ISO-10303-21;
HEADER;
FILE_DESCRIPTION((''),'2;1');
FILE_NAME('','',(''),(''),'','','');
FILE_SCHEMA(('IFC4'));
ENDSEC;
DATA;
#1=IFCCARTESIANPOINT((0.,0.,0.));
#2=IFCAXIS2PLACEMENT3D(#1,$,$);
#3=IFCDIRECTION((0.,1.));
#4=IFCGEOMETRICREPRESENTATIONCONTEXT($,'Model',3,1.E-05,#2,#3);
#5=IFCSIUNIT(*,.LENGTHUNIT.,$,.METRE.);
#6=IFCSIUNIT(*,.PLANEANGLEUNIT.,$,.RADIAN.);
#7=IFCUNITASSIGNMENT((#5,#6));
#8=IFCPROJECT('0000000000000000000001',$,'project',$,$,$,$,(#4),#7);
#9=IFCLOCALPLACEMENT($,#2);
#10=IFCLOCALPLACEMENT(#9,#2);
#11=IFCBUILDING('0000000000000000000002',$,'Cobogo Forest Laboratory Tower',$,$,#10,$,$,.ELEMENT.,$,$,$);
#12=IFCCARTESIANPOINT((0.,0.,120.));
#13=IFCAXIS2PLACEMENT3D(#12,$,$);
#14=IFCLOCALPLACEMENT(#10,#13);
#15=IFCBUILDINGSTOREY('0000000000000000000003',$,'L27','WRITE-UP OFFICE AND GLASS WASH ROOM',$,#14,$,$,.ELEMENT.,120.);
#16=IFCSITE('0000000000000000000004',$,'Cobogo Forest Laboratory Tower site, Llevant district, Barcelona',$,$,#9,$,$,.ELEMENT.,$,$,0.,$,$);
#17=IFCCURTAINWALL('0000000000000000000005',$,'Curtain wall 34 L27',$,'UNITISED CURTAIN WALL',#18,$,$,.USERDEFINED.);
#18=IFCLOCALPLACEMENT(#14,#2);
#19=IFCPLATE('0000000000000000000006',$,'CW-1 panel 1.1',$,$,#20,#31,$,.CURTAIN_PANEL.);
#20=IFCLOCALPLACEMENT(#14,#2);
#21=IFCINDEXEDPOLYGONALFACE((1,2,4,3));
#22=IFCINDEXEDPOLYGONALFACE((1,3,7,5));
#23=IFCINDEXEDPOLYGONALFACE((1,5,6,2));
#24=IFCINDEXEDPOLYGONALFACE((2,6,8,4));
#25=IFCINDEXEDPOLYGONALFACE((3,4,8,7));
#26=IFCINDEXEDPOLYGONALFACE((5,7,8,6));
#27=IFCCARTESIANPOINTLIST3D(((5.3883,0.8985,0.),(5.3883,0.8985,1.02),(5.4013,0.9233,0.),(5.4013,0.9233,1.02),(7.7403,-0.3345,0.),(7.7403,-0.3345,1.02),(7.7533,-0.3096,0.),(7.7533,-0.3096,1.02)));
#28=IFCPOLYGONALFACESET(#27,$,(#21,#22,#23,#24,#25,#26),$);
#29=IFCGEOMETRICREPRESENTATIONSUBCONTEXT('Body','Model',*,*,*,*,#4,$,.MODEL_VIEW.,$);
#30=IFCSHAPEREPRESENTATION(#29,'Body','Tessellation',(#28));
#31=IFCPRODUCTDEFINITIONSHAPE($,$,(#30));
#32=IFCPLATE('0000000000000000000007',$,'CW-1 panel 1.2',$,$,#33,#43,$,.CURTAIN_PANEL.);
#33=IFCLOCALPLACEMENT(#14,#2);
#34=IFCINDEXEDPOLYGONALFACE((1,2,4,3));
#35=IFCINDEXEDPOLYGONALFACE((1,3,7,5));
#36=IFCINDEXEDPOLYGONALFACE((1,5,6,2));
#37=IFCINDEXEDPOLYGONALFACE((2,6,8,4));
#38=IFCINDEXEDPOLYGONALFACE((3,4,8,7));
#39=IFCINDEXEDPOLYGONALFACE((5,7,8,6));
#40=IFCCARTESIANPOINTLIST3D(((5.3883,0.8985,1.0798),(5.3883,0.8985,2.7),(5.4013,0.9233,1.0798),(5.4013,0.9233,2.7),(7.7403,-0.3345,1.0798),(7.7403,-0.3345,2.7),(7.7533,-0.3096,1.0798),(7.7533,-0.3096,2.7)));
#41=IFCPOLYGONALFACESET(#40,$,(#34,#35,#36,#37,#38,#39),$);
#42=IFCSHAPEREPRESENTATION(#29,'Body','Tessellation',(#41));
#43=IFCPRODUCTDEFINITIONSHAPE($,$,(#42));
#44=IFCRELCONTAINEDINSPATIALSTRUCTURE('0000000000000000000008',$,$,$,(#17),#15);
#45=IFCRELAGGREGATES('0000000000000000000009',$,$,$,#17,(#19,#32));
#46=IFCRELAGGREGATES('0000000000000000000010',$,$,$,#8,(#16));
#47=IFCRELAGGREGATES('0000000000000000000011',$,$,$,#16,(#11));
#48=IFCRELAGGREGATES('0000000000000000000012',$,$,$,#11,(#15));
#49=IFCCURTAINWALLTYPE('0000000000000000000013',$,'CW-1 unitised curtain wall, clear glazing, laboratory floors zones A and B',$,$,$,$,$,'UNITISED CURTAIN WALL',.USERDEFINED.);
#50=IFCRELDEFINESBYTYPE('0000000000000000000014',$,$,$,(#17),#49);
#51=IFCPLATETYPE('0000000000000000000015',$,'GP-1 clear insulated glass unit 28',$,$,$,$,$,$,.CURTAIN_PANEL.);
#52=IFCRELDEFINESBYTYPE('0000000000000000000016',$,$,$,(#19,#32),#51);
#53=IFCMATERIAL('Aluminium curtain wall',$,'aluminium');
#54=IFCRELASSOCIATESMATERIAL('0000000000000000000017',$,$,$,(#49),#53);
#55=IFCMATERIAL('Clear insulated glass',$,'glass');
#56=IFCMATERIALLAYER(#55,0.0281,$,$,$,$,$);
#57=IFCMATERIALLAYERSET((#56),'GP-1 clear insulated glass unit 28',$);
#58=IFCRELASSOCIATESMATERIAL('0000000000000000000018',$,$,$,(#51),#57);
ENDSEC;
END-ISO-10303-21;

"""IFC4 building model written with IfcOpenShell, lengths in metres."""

from ifc_helpers import new_model, si_unit, direction, frame, origin, origin_2d, place, context, subcontext, project, spatial, rectangle, extrude, material, layer, layer_set, type_object, element, aggregate, save


model = new_model("IFC4")

# Units and contexts
model_context = context("Model", 3, precision=1e-05, world=origin(), true_north=direction((0.0, 1.0)))
body_context = subcontext(model_context, "Body", "Model", "MODEL_VIEW")
ifc_project = project(units=[si_unit("LENGTHUNIT", "METRE"), si_unit("PLANEANGLEUNIT", "RADIAN")], contexts=[model_context])

# Site, building, storey
site_placement = place(None, origin())
site = spatial("IfcSite", under=ifc_project, at=site_placement, Name="Cobogo Forest Laboratory Tower site, Llevant district, Barcelona", CompositionType="ELEMENT", RefElevation=0.0)
building_placement = place(site_placement, origin())
building = spatial("IfcBuilding", under=site, at=building_placement, Name="Cobogo Forest Laboratory Tower", CompositionType="ELEMENT")
storey_placement = place(building_placement, frame((0.0, 0.0, 120.0)))
storey = spatial("IfcBuildingStorey", under=building, at=storey_placement, Name="L27", Description="WRITE-UP OFFICE AND GLASS WASH ROOM", CompositionType="ELEMENT", Elevation=120.0)

# Shared definitions
ifc_material_1 = material(Name="Aluminium curtain wall", Category="aluminium")
curtain_wall_type = type_object("IfcCurtainWallType", Name="CW-1 unitised curtain wall, clear glazing, laboratory floors zones A and B", ElementType="UNITISED CURTAIN WALL", PredefinedType="USERDEFINED", material=ifc_material_1)

# Curtain wall
curtain_wall_1_placement = place(storey_placement, origin())
curtain_wall_1 = element("IfcCurtainWall", 1, at=curtain_wall_1_placement, inside=storey, type_object=curtain_wall_type, Name="Curtain wall 34 L27", ObjectType="UNITISED CURTAIN WALL", PredefinedType="USERDEFINED")

# Plates
ifc_material_2 = material(Name="Clear insulated glass", Category="glass")
ifc_layer = layer(ifc_material_2, 0.0281)
ifc_layer_set = layer_set([ifc_layer], Name="GP-1 clear insulated glass unit 28")
plate_type = type_object("IfcPlateType", Name="GP-1 clear insulated glass unit 28", PredefinedType="CURTAIN_PANEL", material=ifc_layer_set)
plate_1_placement = place(storey_placement, frame((6.5708, 0.2944, 0.0), z_axis=(0.0, 0.0, 1.0), x_axis=(0.885687, -0.464284, 0.0)))
plate_1 = element("IfcPlate", 2, at=plate_1_placement, type_object=plate_type, Name="CW-1 panel 1.1", PredefinedType="CURTAIN_PANEL", context=body_context, shape_type="SweptSolid", body=[
    extrude(rectangle(XDim=2.6555, YDim=0.0281, at=origin_2d()), origin(), (0.0, 0.0, 1.0), 1.02),
])
plate_2_placement = place(storey_placement, frame((6.5708, 0.2944, 1.0798), z_axis=(0.0, 0.0, 1.0), x_axis=(0.885687, -0.464284, 0.0)))
plate_2 = element("IfcPlate", 3, at=plate_2_placement, type_object=plate_type, Name="CW-1 panel 1.2", PredefinedType="CURTAIN_PANEL", context=body_context, shape_type="SweptSolid", body=[
    extrude(rectangle(XDim=2.6555, YDim=0.0281, at=origin_2d()), origin(), (0.0, 0.0, 1.0), 1.6201),
])
aggregate(curtain_wall_1, [plate_1, plate_2])

save(model, "model.ifc")
